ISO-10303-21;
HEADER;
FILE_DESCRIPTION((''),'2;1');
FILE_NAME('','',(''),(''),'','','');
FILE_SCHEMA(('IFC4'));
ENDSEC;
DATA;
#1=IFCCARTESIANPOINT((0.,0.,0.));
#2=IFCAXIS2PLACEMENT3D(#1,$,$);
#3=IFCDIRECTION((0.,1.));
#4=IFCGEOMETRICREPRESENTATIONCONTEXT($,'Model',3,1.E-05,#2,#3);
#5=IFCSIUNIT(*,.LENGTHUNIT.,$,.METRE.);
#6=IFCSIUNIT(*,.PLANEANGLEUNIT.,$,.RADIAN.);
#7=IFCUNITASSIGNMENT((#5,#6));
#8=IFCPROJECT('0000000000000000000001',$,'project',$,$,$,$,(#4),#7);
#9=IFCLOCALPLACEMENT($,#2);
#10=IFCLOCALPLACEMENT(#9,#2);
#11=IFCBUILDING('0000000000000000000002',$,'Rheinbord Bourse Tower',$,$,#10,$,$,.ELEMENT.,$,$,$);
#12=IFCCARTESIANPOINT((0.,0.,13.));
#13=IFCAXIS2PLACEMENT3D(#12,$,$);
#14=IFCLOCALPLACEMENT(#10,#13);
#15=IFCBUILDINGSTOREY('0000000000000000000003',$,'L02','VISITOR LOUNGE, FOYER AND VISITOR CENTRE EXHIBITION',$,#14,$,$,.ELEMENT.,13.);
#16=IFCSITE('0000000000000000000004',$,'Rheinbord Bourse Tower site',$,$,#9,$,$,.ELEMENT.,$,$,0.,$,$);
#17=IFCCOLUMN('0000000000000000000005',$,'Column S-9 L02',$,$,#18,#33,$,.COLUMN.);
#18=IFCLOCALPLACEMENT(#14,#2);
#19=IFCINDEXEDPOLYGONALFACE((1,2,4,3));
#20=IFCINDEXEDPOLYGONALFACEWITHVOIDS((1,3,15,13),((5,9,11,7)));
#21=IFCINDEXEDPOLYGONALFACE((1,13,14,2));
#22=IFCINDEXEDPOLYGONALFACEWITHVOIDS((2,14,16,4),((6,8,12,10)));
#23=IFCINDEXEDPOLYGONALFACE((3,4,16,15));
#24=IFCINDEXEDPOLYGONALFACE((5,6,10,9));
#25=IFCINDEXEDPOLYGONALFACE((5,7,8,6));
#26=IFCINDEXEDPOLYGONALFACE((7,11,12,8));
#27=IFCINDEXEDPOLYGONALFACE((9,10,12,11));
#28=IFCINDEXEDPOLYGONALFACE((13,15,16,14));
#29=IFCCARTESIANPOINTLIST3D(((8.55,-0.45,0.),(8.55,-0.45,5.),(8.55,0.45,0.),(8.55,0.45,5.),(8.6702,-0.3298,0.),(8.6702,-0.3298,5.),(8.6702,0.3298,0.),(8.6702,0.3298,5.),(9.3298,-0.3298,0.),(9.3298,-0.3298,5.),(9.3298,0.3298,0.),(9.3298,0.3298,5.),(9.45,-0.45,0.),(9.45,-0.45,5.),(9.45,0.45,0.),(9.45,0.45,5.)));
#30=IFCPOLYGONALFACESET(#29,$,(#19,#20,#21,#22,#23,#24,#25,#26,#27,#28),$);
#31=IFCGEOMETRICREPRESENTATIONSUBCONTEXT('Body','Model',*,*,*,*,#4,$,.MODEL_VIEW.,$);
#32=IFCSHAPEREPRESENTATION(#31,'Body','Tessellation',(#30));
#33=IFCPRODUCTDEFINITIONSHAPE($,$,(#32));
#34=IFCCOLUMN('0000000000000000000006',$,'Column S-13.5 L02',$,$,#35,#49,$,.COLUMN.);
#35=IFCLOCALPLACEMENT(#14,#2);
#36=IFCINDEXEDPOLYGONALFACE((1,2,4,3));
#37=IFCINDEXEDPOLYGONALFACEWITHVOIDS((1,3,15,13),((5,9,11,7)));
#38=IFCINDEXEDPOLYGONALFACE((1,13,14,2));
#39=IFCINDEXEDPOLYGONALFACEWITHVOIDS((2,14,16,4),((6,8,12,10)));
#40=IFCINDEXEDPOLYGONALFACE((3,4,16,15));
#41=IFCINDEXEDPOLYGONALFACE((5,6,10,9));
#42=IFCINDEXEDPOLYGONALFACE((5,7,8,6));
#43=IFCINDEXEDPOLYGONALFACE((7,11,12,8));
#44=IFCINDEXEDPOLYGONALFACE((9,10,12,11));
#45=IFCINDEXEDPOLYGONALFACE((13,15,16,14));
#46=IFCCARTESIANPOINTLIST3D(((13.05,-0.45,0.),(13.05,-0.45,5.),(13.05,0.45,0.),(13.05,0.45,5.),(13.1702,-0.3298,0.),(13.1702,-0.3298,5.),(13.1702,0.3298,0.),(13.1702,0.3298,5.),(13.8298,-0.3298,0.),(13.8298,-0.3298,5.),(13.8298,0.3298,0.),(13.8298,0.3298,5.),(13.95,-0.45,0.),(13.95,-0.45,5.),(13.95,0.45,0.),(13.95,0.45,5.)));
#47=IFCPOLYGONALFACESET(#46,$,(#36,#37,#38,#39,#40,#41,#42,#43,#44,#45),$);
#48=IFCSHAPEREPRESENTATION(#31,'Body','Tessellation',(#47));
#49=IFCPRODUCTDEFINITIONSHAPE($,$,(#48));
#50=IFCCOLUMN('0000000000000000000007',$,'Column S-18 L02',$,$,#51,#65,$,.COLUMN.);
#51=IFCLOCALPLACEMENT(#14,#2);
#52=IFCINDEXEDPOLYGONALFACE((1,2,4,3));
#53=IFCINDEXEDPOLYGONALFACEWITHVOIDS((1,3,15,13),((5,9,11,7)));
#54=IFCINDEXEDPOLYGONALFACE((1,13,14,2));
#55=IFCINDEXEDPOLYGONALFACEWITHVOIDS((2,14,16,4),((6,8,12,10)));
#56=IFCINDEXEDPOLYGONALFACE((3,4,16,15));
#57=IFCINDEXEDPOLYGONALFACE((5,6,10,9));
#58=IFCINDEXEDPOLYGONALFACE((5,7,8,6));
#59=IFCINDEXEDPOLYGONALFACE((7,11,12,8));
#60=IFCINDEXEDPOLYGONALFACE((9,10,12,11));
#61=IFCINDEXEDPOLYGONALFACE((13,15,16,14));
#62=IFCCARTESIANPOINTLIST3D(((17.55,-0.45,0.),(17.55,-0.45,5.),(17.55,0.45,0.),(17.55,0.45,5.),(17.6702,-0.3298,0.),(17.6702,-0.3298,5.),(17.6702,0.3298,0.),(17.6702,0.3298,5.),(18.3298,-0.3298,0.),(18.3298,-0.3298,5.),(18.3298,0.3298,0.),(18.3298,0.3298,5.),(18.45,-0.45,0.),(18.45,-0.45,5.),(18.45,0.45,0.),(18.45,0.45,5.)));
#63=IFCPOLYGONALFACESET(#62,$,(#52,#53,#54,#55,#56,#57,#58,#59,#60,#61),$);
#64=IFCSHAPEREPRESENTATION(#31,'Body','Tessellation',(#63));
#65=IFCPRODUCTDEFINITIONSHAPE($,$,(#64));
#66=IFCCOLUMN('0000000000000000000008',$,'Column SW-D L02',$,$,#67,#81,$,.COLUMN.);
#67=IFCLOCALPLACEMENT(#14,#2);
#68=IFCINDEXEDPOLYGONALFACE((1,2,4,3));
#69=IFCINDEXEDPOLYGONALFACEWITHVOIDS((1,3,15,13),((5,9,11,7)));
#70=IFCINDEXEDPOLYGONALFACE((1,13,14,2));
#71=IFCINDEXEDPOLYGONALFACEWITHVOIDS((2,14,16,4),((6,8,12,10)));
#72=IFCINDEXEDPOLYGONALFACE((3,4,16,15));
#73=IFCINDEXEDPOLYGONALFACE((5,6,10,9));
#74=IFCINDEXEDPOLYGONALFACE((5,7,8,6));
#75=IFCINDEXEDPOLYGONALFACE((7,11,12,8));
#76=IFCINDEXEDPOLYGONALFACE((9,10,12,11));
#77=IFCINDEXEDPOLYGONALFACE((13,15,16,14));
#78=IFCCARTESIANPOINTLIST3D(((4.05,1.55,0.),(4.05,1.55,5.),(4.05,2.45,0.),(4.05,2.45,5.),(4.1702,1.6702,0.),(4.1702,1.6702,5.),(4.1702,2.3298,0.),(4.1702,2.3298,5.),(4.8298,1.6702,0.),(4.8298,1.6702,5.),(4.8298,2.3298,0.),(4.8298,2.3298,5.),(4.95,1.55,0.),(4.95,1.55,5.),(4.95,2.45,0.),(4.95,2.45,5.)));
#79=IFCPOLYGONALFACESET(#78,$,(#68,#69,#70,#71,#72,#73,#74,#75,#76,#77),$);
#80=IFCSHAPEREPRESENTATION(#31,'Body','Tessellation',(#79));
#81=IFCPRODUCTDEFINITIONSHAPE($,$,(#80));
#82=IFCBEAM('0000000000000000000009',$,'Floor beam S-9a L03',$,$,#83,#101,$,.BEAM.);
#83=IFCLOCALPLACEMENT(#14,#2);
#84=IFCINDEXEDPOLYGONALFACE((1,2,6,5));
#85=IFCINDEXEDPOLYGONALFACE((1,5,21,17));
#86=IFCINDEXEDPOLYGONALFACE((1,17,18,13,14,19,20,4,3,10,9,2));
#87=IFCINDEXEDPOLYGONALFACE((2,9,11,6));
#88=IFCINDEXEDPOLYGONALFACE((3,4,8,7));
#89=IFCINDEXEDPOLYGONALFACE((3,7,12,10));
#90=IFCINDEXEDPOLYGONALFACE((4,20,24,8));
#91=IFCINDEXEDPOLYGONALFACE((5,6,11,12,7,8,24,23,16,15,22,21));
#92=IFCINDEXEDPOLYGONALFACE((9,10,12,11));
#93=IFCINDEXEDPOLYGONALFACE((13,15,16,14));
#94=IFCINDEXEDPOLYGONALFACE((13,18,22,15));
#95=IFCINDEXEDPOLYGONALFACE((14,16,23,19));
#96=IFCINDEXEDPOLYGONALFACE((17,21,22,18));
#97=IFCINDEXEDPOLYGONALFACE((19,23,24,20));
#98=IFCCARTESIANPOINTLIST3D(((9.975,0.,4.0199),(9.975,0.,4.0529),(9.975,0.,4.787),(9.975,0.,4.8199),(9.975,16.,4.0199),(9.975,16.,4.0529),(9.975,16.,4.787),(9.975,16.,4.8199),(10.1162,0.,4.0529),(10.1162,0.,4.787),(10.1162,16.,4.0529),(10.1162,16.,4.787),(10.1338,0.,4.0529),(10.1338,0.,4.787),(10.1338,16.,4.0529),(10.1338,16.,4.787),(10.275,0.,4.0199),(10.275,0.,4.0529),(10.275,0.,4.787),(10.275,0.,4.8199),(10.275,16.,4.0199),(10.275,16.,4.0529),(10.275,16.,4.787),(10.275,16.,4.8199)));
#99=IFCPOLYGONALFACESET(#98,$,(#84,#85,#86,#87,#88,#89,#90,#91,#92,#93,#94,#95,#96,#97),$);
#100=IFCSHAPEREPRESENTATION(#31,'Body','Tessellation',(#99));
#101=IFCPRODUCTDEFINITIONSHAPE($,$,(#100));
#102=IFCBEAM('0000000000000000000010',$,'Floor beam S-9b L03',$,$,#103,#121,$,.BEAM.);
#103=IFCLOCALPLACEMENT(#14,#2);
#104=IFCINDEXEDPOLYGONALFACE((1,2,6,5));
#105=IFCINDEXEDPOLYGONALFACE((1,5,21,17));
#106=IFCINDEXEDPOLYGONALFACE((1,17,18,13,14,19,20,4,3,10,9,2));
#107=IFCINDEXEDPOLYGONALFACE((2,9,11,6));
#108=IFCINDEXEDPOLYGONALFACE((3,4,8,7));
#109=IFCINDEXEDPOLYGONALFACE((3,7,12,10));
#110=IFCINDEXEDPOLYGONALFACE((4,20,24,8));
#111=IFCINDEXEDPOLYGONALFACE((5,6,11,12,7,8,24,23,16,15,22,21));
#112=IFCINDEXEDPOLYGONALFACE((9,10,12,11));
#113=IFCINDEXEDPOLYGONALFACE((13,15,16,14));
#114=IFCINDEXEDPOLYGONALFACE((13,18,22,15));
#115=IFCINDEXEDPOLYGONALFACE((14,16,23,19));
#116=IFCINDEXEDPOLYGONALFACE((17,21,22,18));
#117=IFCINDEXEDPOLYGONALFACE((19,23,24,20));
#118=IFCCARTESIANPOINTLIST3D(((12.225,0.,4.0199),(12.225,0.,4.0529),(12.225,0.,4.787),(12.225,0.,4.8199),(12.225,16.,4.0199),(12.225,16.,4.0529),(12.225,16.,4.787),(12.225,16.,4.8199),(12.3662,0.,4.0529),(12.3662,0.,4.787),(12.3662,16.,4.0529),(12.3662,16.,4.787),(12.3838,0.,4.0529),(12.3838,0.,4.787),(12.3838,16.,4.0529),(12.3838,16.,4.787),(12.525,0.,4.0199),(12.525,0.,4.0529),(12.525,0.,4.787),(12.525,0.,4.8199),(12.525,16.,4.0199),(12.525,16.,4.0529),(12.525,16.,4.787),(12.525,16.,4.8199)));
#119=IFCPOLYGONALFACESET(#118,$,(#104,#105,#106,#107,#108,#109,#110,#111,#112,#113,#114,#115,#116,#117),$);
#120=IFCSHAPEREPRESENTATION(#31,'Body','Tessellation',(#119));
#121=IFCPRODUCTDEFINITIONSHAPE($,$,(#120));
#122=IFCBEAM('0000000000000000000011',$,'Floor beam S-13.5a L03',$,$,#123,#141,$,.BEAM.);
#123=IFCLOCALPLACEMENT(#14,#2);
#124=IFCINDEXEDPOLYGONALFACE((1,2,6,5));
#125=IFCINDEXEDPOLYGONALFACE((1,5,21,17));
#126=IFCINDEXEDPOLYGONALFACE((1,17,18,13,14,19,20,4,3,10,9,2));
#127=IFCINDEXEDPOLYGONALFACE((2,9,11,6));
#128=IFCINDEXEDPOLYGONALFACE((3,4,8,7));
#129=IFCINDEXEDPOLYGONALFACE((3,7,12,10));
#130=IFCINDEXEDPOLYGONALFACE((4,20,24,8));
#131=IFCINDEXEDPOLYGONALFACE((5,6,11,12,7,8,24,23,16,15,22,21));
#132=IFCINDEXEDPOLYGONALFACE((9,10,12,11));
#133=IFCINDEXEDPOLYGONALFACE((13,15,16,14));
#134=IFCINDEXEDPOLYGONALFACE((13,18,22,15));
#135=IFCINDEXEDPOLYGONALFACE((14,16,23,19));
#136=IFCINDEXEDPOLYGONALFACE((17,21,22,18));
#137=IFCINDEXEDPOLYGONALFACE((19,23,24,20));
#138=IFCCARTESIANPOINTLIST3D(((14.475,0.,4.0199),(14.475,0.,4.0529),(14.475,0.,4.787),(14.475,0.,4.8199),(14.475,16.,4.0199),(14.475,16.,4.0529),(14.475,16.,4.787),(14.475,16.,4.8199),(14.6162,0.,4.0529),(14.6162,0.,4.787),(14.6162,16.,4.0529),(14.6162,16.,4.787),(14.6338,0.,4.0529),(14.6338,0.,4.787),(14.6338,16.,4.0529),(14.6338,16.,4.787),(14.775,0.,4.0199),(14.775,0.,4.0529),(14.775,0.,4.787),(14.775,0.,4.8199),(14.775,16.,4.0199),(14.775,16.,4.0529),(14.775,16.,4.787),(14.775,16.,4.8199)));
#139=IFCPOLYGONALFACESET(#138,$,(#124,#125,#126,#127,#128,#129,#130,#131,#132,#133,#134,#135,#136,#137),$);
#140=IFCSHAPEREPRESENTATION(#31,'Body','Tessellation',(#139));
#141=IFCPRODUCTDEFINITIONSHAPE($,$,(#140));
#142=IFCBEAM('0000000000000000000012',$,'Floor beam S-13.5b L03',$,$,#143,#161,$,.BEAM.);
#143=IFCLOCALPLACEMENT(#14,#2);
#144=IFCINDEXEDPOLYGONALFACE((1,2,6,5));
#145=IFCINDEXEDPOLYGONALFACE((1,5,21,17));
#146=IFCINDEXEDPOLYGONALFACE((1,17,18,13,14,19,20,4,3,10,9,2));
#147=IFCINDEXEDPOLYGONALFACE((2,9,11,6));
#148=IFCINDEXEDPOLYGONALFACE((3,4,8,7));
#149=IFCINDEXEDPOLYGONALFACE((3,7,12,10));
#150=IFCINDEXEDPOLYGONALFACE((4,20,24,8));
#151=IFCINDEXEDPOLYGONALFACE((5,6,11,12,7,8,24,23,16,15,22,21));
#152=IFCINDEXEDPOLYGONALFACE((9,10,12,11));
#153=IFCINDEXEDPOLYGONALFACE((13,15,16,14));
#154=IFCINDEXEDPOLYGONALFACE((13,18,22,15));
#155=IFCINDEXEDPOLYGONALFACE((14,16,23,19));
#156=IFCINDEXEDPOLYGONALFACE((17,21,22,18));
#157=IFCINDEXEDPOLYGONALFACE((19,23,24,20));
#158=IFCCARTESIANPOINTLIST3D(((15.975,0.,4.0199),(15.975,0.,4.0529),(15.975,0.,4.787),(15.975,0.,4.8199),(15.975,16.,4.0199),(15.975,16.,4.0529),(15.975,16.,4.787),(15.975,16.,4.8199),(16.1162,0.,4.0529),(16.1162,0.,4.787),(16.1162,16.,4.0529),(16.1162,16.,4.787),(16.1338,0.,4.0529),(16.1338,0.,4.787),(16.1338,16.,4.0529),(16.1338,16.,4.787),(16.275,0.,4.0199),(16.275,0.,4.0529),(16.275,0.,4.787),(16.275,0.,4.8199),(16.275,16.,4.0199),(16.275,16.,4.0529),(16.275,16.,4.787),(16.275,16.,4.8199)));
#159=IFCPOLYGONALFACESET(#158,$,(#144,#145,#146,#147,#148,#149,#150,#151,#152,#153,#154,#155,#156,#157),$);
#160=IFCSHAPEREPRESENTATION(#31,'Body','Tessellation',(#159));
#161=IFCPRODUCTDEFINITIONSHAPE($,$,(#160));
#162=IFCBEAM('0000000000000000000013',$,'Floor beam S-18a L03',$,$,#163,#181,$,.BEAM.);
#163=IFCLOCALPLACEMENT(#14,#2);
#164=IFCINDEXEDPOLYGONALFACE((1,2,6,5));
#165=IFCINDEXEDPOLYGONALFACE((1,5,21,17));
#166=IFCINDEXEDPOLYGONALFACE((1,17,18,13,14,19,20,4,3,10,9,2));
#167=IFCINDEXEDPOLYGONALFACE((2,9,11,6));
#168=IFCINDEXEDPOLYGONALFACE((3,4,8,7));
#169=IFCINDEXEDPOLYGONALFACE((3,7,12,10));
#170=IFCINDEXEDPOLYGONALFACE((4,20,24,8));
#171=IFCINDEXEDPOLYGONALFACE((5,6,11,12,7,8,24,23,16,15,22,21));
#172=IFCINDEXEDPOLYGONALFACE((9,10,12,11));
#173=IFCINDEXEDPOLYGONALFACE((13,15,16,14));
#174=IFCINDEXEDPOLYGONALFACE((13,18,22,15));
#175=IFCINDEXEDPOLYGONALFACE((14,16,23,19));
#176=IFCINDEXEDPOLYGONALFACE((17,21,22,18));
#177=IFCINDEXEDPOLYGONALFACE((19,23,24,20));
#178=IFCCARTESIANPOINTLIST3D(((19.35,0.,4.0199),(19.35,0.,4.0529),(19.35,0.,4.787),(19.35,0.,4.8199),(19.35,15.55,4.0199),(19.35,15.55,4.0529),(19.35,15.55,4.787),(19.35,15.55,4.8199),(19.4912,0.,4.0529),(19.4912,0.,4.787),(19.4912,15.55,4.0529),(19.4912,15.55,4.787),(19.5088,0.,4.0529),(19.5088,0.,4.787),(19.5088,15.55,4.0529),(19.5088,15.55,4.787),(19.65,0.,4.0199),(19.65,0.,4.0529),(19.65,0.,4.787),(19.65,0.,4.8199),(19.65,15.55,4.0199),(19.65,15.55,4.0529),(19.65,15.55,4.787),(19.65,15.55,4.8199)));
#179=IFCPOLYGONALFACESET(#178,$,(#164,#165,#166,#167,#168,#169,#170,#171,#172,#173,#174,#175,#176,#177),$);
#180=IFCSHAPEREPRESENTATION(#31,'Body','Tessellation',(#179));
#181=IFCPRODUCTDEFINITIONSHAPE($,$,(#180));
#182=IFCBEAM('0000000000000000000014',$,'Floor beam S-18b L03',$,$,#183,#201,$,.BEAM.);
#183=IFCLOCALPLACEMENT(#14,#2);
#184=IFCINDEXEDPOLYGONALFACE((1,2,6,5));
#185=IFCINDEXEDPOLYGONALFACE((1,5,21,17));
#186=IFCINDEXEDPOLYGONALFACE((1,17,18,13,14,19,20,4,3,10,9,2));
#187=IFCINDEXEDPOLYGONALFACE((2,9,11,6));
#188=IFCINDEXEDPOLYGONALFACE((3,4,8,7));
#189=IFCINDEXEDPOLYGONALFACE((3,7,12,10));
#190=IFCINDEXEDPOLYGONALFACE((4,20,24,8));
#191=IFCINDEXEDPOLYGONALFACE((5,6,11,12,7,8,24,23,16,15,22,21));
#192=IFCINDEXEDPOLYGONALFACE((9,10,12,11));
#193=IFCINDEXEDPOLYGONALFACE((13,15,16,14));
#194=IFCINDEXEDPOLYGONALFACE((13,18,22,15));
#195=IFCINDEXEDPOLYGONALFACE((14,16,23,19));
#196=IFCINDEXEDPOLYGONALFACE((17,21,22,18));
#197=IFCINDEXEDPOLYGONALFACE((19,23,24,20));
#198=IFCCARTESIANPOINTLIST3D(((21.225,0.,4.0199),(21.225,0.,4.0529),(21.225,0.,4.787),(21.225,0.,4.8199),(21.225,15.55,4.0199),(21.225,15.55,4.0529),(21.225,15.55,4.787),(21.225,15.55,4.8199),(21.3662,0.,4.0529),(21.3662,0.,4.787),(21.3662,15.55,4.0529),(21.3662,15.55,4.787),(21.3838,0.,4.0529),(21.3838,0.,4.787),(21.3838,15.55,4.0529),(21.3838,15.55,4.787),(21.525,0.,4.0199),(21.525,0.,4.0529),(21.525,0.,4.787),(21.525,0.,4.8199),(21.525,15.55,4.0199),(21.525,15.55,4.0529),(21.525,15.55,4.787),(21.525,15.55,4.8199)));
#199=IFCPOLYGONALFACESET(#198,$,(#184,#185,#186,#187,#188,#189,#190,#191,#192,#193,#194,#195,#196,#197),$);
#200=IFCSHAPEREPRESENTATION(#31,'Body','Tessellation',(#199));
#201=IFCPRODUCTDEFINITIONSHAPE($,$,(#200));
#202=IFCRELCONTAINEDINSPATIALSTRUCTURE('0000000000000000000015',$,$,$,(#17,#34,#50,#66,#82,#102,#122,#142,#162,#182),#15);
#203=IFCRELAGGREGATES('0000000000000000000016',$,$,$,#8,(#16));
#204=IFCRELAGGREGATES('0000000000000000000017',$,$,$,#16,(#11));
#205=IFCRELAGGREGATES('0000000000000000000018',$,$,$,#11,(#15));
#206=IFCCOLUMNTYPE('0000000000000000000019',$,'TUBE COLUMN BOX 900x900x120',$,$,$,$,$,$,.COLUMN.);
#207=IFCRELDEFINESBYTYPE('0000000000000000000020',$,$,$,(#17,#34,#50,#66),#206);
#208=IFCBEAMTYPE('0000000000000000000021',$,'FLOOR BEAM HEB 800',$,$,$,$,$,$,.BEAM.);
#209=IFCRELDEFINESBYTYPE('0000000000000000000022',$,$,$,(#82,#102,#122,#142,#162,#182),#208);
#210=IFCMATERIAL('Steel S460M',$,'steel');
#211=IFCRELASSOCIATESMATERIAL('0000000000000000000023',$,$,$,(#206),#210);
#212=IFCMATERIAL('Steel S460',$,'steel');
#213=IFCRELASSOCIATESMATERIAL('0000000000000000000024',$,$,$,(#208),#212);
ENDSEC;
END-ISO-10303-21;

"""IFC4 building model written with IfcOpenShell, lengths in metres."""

from ifc_helpers import new_model, si_unit, direction, frame, origin, origin_2d, place, context, subcontext, project, spatial, hollow_rectangle, i_section, extrude, material, material_profile, profile_set, type_object, element, save


model = new_model("IFC4")

# Units and contexts
model_context = context("Model", 3, precision=1e-05, world=origin(), true_north=direction((0.0, 1.0)))
body_context = subcontext(model_context, "Body", "Model", "MODEL_VIEW")
ifc_project = project(units=[si_unit("LENGTHUNIT", "METRE"), si_unit("PLANEANGLEUNIT", "RADIAN")], contexts=[model_context])

# Site, building, storey
site_placement = place(None, origin())
site = spatial("IfcSite", under=ifc_project, at=site_placement, Name="Rheinbord Bourse Tower site", CompositionType="ELEMENT", RefElevation=0.0)
building_placement = place(site_placement, origin())
building = spatial("IfcBuilding", under=site, at=building_placement, Name="Rheinbord Bourse Tower", CompositionType="ELEMENT")
storey_placement = place(building_placement, frame((0.0, 0.0, 13.0)))
storey = spatial("IfcBuildingStorey", under=building, at=storey_placement, Name="L02", Description="VISITOR LOUNGE, FOYER AND VISITOR CENTRE EXHIBITION", CompositionType="ELEMENT", Elevation=13.0)

# Columns
ifc_material_1 = material(Name="Steel S460M", Category="steel")
ifc_material_profile_1 = material_profile(ifc_material_1, hollow_rectangle(XDim=0.8999, YDim=0.8999, WallThickness=0.1201, at=origin_2d()), Name="BOX 900x900x120")
ifc_profile_set_1 = profile_set([ifc_material_profile_1], Name="Steel S460M")
column_type = type_object("IfcColumnType", Name="TUBE COLUMN BOX 900x900x120", PredefinedType="COLUMN", material=ifc_profile_set_1)
for number, where, z_axis, x_axis, name in (
    (1, (9.0, 0.0, 0.0), (0.0, 0.0, 1.0), (0.0, 1.0, 0.0), "Column S-9 L02"),
    (2, (13.5, 0.0, 0.0), (0.0, 0.0, 1.0), (0.0, 1.0, 0.0), "Column S-13.5 L02"),
    (3, (18.0, 0.0, 0.0), (0.0, 0.0, 1.0), (0.0, 1.0, 0.0), "Column S-18 L02"),
    (4, (4.5, 2.0, 0.0), (0.0, 0.0, 1.0), (0.0, 1.0, 0.0), "Column SW-D L02"),
):
    element("IfcColumn", number, at=place(storey_placement, frame(where, z_axis=z_axis, x_axis=x_axis)), inside=storey, type_object=column_type, Name=name, PredefinedType="COLUMN", context=body_context, shape_type="SweptSolid", body=[
        extrude(hollow_rectangle(XDim=0.8999, YDim=0.8999, WallThickness=0.1201, at=origin_2d()), origin(), (0.0, 0.0, 1.0), 5.0),
    ])

# Beams
ifc_material_2 = material(Name="Steel S460", Category="steel")
ifc_material_profile_2 = material_profile(ifc_material_2, i_section(OverallWidth=0.3, OverallDepth=0.8, WebThickness=0.0176, FlangeThickness=0.033, at=origin_2d()), Name="HEB 800")
ifc_profile_set_2 = profile_set([ifc_material_profile_2], Name="Steel S460")
beam_type_1 = type_object("IfcBeamType", Name="FLOOR BEAM HEB 800", PredefinedType="BEAM", material=ifc_profile_set_2)
for number, where, z_axis, x_axis, name in (
    (5, (10.125, 0.0, 4.4199), (0.0, 1.0, 0.0), (-1.0, 0.0, 0.0), "Floor beam S-9a L03"),
    (6, (12.375, 0.0, 4.4199), (0.0, 1.0, 0.0), (-1.0, 0.0, 0.0), "Floor beam S-9b L03"),
    (7, (14.625, 0.0, 4.4199), (0.0, 1.0, 0.0), (-1.0, 0.0, 0.0), "Floor beam S-13.5a L03"),
    (8, (16.125, 0.0, 4.4199), (0.0, 1.0, 0.0), (-1.0, 0.0, 0.0), "Floor beam S-13.5b L03"),
):
    element("IfcBeam", number, at=place(storey_placement, frame(where, z_axis=z_axis, x_axis=x_axis)), inside=storey, type_object=beam_type_1, Name=name, PredefinedType="BEAM", context=body_context, shape_type="SweptSolid", body=[
        extrude(i_section(OverallWidth=0.3, OverallDepth=0.8, WebThickness=0.0176, FlangeThickness=0.033, at=origin_2d()), origin(), (0.0, 0.0, 1.0), 16.0),
    ])
for number, where, z_axis, x_axis, name in (
    (9, (19.5, 0.0, 4.4199), (0.0, 1.0, 0.0), (-1.0, 0.0, 0.0), "Floor beam S-18a L03"),
    (10, (21.375, 0.0, 4.4199), (0.0, 1.0, 0.0), (-1.0, 0.0, 0.0), "Floor beam S-18b L03"),
):
    element("IfcBeam", number, at=place(storey_placement, frame(where, z_axis=z_axis, x_axis=x_axis)), inside=storey, type_object=beam_type_1, Name=name, PredefinedType="BEAM", context=body_context, shape_type="SweptSolid", body=[
        extrude(i_section(OverallWidth=0.3, OverallDepth=0.8, WebThickness=0.0176, FlangeThickness=0.033, at=origin_2d()), origin(), (0.0, 0.0, 1.0), 15.55),
    ])

save(model, "model.ifc")
